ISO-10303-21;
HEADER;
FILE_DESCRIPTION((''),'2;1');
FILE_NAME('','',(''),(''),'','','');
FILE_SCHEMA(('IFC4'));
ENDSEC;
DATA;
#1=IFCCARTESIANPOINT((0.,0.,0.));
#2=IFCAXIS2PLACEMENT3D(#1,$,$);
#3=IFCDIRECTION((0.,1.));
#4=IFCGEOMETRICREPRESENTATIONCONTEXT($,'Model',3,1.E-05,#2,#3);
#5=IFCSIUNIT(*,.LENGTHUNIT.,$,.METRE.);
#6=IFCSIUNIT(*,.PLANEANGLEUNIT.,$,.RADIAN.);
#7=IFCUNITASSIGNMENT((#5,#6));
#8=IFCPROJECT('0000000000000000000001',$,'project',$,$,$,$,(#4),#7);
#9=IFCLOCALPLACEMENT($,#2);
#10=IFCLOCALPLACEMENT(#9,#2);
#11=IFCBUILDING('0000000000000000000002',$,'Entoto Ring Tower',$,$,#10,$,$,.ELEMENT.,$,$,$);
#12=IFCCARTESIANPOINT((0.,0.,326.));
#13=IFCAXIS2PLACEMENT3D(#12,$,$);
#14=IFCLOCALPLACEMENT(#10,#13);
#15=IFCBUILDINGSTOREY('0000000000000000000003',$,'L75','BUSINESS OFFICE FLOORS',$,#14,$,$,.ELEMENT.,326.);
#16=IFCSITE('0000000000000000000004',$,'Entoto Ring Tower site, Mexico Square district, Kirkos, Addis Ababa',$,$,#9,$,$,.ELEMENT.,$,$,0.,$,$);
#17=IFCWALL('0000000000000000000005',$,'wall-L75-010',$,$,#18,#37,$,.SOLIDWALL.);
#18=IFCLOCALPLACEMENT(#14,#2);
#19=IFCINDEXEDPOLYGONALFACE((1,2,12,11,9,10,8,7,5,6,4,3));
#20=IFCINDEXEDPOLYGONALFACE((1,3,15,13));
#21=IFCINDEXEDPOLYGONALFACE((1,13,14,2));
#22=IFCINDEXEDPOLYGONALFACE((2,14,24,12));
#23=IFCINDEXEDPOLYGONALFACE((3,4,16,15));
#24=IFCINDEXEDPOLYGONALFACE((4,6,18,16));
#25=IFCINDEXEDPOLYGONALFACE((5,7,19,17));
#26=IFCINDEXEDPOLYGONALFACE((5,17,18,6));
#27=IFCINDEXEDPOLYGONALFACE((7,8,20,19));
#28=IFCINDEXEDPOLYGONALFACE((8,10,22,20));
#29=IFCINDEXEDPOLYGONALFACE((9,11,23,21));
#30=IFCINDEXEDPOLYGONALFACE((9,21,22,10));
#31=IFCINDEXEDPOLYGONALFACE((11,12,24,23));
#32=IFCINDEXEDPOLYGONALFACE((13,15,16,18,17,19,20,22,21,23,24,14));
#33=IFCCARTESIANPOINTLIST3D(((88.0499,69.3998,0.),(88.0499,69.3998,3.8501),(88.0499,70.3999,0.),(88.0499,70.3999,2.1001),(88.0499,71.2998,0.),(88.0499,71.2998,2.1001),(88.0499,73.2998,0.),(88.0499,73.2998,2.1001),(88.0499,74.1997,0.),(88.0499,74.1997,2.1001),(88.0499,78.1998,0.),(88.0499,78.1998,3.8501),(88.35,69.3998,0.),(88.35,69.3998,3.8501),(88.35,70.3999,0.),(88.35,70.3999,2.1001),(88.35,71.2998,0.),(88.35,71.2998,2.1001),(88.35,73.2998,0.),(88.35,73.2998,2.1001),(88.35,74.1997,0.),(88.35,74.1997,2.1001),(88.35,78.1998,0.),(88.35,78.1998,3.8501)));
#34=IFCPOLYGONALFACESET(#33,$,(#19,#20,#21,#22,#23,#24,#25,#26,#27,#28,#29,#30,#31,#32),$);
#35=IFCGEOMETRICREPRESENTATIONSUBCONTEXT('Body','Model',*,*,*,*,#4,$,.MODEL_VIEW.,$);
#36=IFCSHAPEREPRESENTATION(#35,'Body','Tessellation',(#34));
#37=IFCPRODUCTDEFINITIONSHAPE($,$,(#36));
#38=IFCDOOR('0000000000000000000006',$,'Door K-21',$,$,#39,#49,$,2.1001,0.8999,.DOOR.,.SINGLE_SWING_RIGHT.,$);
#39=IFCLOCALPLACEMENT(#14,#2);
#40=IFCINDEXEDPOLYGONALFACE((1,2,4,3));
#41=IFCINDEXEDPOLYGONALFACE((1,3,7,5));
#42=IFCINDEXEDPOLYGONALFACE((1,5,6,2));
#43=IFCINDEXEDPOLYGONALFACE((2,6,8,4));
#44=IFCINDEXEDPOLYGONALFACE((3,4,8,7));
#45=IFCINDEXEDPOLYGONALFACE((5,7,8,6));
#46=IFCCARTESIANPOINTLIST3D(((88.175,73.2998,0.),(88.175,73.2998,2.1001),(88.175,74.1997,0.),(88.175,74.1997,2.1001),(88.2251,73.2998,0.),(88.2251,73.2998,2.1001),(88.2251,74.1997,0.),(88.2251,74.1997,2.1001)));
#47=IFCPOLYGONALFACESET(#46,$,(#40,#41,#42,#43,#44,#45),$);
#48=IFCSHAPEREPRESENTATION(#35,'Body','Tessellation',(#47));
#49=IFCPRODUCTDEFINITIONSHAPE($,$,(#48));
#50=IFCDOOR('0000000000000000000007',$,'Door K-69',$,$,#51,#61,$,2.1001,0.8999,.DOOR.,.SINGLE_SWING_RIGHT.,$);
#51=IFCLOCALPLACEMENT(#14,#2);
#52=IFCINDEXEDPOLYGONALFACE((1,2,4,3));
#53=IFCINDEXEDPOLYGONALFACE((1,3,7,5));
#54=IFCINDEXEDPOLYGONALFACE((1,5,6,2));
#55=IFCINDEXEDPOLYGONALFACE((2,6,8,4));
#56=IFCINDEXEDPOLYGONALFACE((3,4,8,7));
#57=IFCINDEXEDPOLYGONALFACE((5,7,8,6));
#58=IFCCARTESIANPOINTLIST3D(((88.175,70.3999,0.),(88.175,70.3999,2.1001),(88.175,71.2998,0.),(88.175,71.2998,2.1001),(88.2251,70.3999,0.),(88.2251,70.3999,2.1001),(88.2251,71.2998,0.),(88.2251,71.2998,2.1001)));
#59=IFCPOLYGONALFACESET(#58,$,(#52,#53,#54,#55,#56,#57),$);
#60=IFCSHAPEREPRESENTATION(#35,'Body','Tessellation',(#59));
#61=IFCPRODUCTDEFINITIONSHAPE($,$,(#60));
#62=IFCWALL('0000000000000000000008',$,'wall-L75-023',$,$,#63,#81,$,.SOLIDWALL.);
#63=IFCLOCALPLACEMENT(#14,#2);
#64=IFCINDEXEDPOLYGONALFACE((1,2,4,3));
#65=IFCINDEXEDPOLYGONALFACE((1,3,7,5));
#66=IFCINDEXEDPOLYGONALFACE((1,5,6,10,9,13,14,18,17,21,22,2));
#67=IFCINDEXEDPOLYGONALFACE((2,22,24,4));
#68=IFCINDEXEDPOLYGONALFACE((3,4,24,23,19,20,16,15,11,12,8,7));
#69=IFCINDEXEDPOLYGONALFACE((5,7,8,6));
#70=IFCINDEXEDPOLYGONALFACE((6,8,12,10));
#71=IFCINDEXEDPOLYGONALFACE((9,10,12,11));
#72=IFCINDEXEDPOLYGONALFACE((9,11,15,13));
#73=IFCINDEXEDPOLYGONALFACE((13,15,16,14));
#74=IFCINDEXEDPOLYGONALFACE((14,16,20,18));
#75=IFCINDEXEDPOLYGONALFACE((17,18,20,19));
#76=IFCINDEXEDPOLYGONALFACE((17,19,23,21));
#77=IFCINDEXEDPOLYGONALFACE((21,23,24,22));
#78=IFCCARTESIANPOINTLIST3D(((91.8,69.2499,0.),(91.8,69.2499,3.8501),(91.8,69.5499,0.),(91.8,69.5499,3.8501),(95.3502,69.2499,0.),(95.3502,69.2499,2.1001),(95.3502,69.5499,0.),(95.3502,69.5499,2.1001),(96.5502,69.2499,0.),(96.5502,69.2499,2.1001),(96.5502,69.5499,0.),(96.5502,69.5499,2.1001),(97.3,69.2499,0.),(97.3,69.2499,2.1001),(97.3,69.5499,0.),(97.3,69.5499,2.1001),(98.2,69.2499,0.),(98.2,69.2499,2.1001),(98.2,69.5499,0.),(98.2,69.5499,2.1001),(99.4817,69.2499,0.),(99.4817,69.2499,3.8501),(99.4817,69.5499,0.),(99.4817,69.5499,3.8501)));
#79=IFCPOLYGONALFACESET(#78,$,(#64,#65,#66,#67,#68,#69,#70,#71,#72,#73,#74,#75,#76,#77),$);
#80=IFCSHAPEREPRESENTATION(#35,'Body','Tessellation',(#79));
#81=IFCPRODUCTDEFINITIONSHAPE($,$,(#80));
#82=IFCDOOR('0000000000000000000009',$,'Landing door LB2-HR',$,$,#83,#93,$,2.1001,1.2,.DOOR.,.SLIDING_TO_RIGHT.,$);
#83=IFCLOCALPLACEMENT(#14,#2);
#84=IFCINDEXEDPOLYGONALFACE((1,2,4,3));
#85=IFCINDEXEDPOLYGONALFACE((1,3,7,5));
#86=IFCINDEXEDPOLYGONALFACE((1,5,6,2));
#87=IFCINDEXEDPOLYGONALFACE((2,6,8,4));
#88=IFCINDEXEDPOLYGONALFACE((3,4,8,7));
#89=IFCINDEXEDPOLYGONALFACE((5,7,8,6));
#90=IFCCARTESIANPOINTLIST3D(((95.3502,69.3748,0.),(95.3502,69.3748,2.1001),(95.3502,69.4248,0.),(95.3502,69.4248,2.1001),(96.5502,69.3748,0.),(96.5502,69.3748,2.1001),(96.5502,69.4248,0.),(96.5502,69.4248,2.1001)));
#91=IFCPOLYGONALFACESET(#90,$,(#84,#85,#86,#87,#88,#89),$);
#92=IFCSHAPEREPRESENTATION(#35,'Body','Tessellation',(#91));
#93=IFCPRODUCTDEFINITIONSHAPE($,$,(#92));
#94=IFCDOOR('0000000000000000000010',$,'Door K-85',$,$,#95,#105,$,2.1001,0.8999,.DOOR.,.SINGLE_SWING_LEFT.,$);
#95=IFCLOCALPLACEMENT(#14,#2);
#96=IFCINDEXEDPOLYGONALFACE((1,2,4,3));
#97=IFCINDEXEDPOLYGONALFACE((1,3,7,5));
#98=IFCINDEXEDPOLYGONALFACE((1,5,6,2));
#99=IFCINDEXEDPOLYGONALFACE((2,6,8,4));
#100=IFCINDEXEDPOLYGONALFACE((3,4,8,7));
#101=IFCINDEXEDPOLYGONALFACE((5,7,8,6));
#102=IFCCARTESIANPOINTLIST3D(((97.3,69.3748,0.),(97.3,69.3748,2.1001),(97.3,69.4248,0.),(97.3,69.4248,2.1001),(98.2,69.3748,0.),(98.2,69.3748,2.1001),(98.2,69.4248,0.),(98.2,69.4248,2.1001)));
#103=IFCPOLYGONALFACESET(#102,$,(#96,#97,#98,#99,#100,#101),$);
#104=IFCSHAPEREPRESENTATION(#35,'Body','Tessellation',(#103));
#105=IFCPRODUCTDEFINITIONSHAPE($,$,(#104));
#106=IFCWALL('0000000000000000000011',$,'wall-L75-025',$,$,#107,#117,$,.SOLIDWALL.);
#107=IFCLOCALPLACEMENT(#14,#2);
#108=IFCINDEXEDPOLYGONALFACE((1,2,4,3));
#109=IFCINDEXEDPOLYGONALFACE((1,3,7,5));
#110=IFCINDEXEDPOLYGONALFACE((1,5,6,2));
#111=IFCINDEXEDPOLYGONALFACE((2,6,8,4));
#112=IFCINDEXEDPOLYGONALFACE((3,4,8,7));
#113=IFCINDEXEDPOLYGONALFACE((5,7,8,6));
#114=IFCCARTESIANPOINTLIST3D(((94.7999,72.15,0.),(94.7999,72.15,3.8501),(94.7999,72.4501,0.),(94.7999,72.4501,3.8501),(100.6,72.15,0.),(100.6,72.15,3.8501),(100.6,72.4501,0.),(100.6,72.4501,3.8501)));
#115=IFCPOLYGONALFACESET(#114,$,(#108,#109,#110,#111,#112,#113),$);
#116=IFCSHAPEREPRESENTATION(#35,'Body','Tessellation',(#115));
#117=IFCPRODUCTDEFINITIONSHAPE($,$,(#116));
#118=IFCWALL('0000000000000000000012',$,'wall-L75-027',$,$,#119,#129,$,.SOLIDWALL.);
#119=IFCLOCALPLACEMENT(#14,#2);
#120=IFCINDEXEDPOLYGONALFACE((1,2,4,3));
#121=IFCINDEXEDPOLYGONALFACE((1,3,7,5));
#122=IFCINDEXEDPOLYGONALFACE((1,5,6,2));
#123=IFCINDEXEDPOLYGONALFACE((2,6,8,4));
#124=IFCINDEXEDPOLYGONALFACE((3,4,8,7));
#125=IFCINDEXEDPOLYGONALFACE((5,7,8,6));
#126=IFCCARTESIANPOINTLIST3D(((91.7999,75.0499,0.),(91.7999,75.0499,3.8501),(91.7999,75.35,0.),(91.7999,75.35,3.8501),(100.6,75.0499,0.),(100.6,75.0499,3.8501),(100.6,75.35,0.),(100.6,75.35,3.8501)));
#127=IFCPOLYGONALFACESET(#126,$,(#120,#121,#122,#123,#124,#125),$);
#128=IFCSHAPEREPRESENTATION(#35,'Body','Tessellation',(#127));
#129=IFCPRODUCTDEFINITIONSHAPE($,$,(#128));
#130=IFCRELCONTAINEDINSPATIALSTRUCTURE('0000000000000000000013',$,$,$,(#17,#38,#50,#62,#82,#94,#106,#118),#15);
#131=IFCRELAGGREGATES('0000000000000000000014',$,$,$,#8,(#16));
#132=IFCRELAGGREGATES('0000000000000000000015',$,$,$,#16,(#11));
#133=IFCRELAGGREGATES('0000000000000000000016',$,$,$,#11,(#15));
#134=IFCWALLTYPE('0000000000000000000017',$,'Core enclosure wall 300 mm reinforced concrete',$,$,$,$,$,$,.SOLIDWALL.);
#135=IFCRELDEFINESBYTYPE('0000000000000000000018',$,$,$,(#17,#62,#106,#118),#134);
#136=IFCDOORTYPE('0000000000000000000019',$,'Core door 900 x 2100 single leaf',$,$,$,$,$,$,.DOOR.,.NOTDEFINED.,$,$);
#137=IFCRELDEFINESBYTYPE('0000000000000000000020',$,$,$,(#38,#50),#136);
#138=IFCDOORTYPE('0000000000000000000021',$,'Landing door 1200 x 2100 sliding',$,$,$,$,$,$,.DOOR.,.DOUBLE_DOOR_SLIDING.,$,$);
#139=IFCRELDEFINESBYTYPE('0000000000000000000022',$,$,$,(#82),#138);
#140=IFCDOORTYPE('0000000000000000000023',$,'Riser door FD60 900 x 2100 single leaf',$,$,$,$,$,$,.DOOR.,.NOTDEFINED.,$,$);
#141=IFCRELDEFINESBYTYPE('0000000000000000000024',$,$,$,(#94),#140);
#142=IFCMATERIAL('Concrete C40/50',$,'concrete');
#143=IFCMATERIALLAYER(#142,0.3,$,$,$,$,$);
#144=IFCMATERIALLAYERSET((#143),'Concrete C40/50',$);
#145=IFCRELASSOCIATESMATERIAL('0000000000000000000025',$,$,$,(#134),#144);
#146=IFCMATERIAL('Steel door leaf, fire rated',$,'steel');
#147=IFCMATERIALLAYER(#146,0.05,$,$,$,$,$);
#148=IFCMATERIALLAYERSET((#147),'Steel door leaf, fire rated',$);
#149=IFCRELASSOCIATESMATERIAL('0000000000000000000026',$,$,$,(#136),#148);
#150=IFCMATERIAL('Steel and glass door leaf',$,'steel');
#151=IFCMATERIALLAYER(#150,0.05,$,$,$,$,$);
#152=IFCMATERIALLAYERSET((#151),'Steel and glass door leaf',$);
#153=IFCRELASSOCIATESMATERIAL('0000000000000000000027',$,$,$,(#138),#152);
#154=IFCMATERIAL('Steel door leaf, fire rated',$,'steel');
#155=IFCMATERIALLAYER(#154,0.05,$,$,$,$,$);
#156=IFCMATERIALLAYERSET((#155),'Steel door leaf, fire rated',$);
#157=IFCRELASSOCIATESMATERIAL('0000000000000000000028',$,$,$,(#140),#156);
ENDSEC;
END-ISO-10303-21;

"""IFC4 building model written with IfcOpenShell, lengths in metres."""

from ifc_helpers import new_model, si_unit, direction, frame, frame_2d, origin, place, context, subcontext, project, spatial, rectangle, extrude, material, layer, layer_set, type_object, element, fill, save


model = new_model("IFC4")

# Units and contexts
model_context = context("Model", 3, precision=1e-05, world=origin(), true_north=direction((0.0, 1.0)))
body_context = subcontext(model_context, "Body", "Model", "MODEL_VIEW")
ifc_project = project(units=[si_unit("LENGTHUNIT", "METRE"), si_unit("PLANEANGLEUNIT", "RADIAN")], contexts=[model_context])

# Site, building, storey
site_placement = place(None, origin())
site = spatial("IfcSite", under=ifc_project, at=site_placement, Name="Entoto Ring Tower site, Mexico Square district, Kirkos, Addis Ababa", CompositionType="ELEMENT", RefElevation=0.0)
building_placement = place(site_placement, origin())
building = spatial("IfcBuilding", under=site, at=building_placement, Name="Entoto Ring Tower", CompositionType="ELEMENT")
storey_placement = place(building_placement, frame((0.0, 0.0, 326.0)))
storey = spatial("IfcBuildingStorey", under=building, at=storey_placement, Name="L75", Description="BUSINESS OFFICE FLOORS", CompositionType="ELEMENT", Elevation=326.0)

# Shared definitions
ifc_material_1 = material(Name="Concrete C40/50", Category="concrete")
ifc_layer_1 = layer(ifc_material_1, 0.3)
ifc_layer_set_1 = layer_set([ifc_layer_1], Name="Concrete C40/50")
wall_type_1 = type_object("IfcWallType", Name="Core enclosure wall 300 mm reinforced concrete", PredefinedType="SOLIDWALL", material=ifc_layer_set_1)

# Walls, openings, doors
wall_1_placement = place(storey_placement, frame((88.2, 69.3999, 0.0), z_axis=(0.0, 0.0, 1.0), x_axis=(0.0, 1.0, 0.0)))
wall_1 = element("IfcWall", 1, at=wall_1_placement, inside=storey, type_object=wall_type_1, Name="wall-L75-010", PredefinedType="SOLIDWALL", context=body_context, shape_type="SweptSolid", body=[
    extrude(rectangle(XDim=8.8, YDim=0.3, at=frame_2d((4.3999, 0.0))), origin(), (0.0, 0.0, 1.0), 3.8501),
])
opening_1_placement = place(wall_1_placement, frame((3.8999, 0.0, 0.0)))
opening_1 = element("IfcOpeningElement", 2, at=opening_1_placement, cuts=wall_1, PredefinedType="OPENING", context=body_context, shape_type="SweptSolid", body=[
    extrude(rectangle(XDim=0.8999, YDim=2.1001, at=frame_2d((0.45, 1.05))), frame((0.0, 0.1602, 0.0), z_axis=(0.0, -1.0, 0.0), x_axis=(1.0, 0.0, 0.0)), (0.0, 0.0, 1.0), 0.3201),
])
opening_2_placement = place(wall_1_placement, frame((1.0, 0.0, 0.0)))
opening_2 = element("IfcOpeningElement", 3, at=opening_2_placement, cuts=wall_1, PredefinedType="OPENING", context=body_context, shape_type="SweptSolid", body=[
    extrude(rectangle(XDim=0.8999, YDim=2.1001, at=frame_2d((0.45, 1.05))), frame((0.0, 0.1602, 0.0), z_axis=(0.0, -1.0, 0.0), x_axis=(1.0, 0.0, 0.0)), (0.0, 0.0, 1.0), 0.3201),
])
ifc_material_2 = material(Name="Steel door leaf, fire rated", Category="steel")
ifc_layer_2 = layer(ifc_material_2, 0.05)
ifc_layer_set_2 = layer_set([ifc_layer_2], Name="Steel door leaf, fire rated")
door_type_1 = type_object("IfcDoorType", Name="Core door 900 x 2100 single leaf", OperationType="NOTDEFINED", PredefinedType="DOOR", material=ifc_layer_set_2)
door_1_placement = place(opening_1_placement, origin())
door_1 = element("IfcDoor", 4, at=door_1_placement, inside=storey, type_object=door_type_1, Name="Door K-21", OperationType="SINGLE_SWING_RIGHT", OverallHeight=2.1001, OverallWidth=0.8999, PredefinedType="DOOR", context=body_context, shape_type="SweptSolid", body=[
    extrude(rectangle(XDim=0.8999, YDim=2.1001, at=frame_2d((0.45, 1.05))), frame((0.0, 0.0249, 0.0), z_axis=(0.0, -1.0, 0.0), x_axis=(1.0, 0.0, 0.0)), (0.0, 0.0, 1.0), 0.05),
])
fill(opening_1, door_1)
door_2_placement = place(opening_2_placement, origin())
door_2 = element("IfcDoor", 5, at=door_2_placement, inside=storey, type_object=door_type_1, Name="Door K-69", OperationType="SINGLE_SWING_RIGHT", OverallHeight=2.1001, OverallWidth=0.8999, PredefinedType="DOOR", context=body_context, shape_type="SweptSolid", body=[
    extrude(rectangle(XDim=0.8999, YDim=2.1001, at=frame_2d((0.45, 1.05))), frame((0.0, 0.0249, 0.0), z_axis=(0.0, -1.0, 0.0), x_axis=(1.0, 0.0, 0.0)), (0.0, 0.0, 1.0), 0.05),
])
fill(opening_2, door_2)
wall_2_placement = place(storey_placement, frame((91.8, 69.3999, 0.0), z_axis=(0.0, 0.0, 1.0), x_axis=(1.0, 0.0, 0.0)))
wall_2 = element("IfcWall", 6, at=wall_2_placement, inside=storey, type_object=wall_type_1, Name="wall-L75-023", PredefinedType="SOLIDWALL", context=body_context, shape_type="SweptSolid", body=[
    extrude(rectangle(XDim=7.6816, YDim=0.3, at=frame_2d((3.8408, 0.0))), origin(), (0.0, 0.0, 1.0), 3.8501),
])
opening_3_placement = place(wall_2_placement, frame((3.55, 0.0, 0.0)))
opening_3 = element("IfcOpeningElement", 7, at=opening_3_placement, cuts=wall_2, PredefinedType="OPENING", context=body_context, shape_type="SweptSolid", body=[
    extrude(rectangle(XDim=1.2, YDim=2.1001, at=frame_2d((0.6001, 1.05))), frame((0.0, 0.1602, 0.0), z_axis=(0.0, -1.0, 0.0), x_axis=(1.0, 0.0, 0.0)), (0.0, 0.0, 1.0), 0.3201),
])
opening_4_placement = place(wall_2_placement, frame((5.5, 0.0, 0.0)))
opening_4 = element("IfcOpeningElement", 8, at=opening_4_placement, cuts=wall_2, PredefinedType="OPENING", context=body_context, shape_type="SweptSolid", body=[
    extrude(rectangle(XDim=0.8999, YDim=2.1001, at=frame_2d((0.45, 1.05))), frame((0.0, 0.1602, 0.0), z_axis=(0.0, -1.0, 0.0), x_axis=(1.0, 0.0, 0.0)), (0.0, 0.0, 1.0), 0.3201),
])
ifc_material_3 = material(Name="Steel and glass door leaf", Category="steel")
ifc_layer_3 = layer(ifc_material_3, 0.05)
ifc_layer_set_3 = layer_set([ifc_layer_3], Name="Steel and glass door leaf")
door_type_2 = type_object("IfcDoorType", Name="Landing door 1200 x 2100 sliding", OperationType="DOUBLE_DOOR_SLIDING", PredefinedType="DOOR", material=ifc_layer_set_3)
door_3_placement = place(opening_3_placement, origin())
door_3 = element("IfcDoor", 9, at=door_3_placement, inside=storey, type_object=door_type_2, Name="Landing door LB2-HR", OperationType="SLIDING_TO_RIGHT", OverallHeight=2.1001, OverallWidth=1.2, PredefinedType="DOOR", context=body_context, shape_type="SweptSolid", body=[
    extrude(rectangle(XDim=1.2, YDim=2.1001, at=frame_2d((0.6001, 1.05))), frame((0.0, 0.0249, 0.0), z_axis=(0.0, -1.0, 0.0), x_axis=(1.0, 0.0, 0.0)), (0.0, 0.0, 1.0), 0.05),
])
fill(opening_3, door_3)
ifc_material_4 = material(Name="Steel door leaf, fire rated", Category="steel")
ifc_layer_4 = layer(ifc_material_4, 0.05)
ifc_layer_set_4 = layer_set([ifc_layer_4], Name="Steel door leaf, fire rated")
door_type_3 = type_object("IfcDoorType", Name="Riser door FD60 900 x 2100 single leaf", OperationType="NOTDEFINED", PredefinedType="DOOR", material=ifc_layer_set_4)
door_4_placement = place(opening_4_placement, origin())
door_4 = element("IfcDoor", 10, at=door_4_placement, inside=storey, type_object=door_type_3, Name="Door K-85", OperationType="SINGLE_SWING_LEFT", OverallHeight=2.1001, OverallWidth=0.8999, PredefinedType="DOOR", context=body_context, shape_type="SweptSolid", body=[
    extrude(rectangle(XDim=0.8999, YDim=2.1001, at=frame_2d((0.45, 1.05))), frame((0.0, 0.0249, 0.0), z_axis=(0.0, -1.0, 0.0), x_axis=(1.0, 0.0, 0.0)), (0.0, 0.0, 1.0), 0.05),
])
fill(opening_4, door_4)

# Walls
wall_3_placement = place(storey_placement, frame((94.8, 72.3, 0.0), z_axis=(0.0, 0.0, 1.0), x_axis=(1.0, 0.0, 0.0)))
element("IfcWall", 11, at=wall_3_placement, inside=storey, type_object=wall_type_1, Name="wall-L75-025", PredefinedType="SOLIDWALL", context=body_context, shape_type="SweptSolid", body=[
    extrude(rectangle(XDim=5.8, YDim=0.3, at=frame_2d((2.8999, 0.0))), origin(), (0.0, 0.0, 1.0), 3.8501),
])
wall_4_placement = place(storey_placement, frame((91.8, 75.2, 0.0), z_axis=(0.0, 0.0, 1.0), x_axis=(1.0, 0.0, 0.0)))
element("IfcWall", 12, at=wall_4_placement, inside=storey, type_object=wall_type_1, Name="wall-L75-027", PredefinedType="SOLIDWALL", context=body_context, shape_type="SweptSolid", body=[
    extrude(rectangle(XDim=8.8, YDim=0.3, at=frame_2d((4.3999, 0.0))), origin(), (0.0, 0.0, 1.0), 3.8501),
])

save(model, "model.ifc")
